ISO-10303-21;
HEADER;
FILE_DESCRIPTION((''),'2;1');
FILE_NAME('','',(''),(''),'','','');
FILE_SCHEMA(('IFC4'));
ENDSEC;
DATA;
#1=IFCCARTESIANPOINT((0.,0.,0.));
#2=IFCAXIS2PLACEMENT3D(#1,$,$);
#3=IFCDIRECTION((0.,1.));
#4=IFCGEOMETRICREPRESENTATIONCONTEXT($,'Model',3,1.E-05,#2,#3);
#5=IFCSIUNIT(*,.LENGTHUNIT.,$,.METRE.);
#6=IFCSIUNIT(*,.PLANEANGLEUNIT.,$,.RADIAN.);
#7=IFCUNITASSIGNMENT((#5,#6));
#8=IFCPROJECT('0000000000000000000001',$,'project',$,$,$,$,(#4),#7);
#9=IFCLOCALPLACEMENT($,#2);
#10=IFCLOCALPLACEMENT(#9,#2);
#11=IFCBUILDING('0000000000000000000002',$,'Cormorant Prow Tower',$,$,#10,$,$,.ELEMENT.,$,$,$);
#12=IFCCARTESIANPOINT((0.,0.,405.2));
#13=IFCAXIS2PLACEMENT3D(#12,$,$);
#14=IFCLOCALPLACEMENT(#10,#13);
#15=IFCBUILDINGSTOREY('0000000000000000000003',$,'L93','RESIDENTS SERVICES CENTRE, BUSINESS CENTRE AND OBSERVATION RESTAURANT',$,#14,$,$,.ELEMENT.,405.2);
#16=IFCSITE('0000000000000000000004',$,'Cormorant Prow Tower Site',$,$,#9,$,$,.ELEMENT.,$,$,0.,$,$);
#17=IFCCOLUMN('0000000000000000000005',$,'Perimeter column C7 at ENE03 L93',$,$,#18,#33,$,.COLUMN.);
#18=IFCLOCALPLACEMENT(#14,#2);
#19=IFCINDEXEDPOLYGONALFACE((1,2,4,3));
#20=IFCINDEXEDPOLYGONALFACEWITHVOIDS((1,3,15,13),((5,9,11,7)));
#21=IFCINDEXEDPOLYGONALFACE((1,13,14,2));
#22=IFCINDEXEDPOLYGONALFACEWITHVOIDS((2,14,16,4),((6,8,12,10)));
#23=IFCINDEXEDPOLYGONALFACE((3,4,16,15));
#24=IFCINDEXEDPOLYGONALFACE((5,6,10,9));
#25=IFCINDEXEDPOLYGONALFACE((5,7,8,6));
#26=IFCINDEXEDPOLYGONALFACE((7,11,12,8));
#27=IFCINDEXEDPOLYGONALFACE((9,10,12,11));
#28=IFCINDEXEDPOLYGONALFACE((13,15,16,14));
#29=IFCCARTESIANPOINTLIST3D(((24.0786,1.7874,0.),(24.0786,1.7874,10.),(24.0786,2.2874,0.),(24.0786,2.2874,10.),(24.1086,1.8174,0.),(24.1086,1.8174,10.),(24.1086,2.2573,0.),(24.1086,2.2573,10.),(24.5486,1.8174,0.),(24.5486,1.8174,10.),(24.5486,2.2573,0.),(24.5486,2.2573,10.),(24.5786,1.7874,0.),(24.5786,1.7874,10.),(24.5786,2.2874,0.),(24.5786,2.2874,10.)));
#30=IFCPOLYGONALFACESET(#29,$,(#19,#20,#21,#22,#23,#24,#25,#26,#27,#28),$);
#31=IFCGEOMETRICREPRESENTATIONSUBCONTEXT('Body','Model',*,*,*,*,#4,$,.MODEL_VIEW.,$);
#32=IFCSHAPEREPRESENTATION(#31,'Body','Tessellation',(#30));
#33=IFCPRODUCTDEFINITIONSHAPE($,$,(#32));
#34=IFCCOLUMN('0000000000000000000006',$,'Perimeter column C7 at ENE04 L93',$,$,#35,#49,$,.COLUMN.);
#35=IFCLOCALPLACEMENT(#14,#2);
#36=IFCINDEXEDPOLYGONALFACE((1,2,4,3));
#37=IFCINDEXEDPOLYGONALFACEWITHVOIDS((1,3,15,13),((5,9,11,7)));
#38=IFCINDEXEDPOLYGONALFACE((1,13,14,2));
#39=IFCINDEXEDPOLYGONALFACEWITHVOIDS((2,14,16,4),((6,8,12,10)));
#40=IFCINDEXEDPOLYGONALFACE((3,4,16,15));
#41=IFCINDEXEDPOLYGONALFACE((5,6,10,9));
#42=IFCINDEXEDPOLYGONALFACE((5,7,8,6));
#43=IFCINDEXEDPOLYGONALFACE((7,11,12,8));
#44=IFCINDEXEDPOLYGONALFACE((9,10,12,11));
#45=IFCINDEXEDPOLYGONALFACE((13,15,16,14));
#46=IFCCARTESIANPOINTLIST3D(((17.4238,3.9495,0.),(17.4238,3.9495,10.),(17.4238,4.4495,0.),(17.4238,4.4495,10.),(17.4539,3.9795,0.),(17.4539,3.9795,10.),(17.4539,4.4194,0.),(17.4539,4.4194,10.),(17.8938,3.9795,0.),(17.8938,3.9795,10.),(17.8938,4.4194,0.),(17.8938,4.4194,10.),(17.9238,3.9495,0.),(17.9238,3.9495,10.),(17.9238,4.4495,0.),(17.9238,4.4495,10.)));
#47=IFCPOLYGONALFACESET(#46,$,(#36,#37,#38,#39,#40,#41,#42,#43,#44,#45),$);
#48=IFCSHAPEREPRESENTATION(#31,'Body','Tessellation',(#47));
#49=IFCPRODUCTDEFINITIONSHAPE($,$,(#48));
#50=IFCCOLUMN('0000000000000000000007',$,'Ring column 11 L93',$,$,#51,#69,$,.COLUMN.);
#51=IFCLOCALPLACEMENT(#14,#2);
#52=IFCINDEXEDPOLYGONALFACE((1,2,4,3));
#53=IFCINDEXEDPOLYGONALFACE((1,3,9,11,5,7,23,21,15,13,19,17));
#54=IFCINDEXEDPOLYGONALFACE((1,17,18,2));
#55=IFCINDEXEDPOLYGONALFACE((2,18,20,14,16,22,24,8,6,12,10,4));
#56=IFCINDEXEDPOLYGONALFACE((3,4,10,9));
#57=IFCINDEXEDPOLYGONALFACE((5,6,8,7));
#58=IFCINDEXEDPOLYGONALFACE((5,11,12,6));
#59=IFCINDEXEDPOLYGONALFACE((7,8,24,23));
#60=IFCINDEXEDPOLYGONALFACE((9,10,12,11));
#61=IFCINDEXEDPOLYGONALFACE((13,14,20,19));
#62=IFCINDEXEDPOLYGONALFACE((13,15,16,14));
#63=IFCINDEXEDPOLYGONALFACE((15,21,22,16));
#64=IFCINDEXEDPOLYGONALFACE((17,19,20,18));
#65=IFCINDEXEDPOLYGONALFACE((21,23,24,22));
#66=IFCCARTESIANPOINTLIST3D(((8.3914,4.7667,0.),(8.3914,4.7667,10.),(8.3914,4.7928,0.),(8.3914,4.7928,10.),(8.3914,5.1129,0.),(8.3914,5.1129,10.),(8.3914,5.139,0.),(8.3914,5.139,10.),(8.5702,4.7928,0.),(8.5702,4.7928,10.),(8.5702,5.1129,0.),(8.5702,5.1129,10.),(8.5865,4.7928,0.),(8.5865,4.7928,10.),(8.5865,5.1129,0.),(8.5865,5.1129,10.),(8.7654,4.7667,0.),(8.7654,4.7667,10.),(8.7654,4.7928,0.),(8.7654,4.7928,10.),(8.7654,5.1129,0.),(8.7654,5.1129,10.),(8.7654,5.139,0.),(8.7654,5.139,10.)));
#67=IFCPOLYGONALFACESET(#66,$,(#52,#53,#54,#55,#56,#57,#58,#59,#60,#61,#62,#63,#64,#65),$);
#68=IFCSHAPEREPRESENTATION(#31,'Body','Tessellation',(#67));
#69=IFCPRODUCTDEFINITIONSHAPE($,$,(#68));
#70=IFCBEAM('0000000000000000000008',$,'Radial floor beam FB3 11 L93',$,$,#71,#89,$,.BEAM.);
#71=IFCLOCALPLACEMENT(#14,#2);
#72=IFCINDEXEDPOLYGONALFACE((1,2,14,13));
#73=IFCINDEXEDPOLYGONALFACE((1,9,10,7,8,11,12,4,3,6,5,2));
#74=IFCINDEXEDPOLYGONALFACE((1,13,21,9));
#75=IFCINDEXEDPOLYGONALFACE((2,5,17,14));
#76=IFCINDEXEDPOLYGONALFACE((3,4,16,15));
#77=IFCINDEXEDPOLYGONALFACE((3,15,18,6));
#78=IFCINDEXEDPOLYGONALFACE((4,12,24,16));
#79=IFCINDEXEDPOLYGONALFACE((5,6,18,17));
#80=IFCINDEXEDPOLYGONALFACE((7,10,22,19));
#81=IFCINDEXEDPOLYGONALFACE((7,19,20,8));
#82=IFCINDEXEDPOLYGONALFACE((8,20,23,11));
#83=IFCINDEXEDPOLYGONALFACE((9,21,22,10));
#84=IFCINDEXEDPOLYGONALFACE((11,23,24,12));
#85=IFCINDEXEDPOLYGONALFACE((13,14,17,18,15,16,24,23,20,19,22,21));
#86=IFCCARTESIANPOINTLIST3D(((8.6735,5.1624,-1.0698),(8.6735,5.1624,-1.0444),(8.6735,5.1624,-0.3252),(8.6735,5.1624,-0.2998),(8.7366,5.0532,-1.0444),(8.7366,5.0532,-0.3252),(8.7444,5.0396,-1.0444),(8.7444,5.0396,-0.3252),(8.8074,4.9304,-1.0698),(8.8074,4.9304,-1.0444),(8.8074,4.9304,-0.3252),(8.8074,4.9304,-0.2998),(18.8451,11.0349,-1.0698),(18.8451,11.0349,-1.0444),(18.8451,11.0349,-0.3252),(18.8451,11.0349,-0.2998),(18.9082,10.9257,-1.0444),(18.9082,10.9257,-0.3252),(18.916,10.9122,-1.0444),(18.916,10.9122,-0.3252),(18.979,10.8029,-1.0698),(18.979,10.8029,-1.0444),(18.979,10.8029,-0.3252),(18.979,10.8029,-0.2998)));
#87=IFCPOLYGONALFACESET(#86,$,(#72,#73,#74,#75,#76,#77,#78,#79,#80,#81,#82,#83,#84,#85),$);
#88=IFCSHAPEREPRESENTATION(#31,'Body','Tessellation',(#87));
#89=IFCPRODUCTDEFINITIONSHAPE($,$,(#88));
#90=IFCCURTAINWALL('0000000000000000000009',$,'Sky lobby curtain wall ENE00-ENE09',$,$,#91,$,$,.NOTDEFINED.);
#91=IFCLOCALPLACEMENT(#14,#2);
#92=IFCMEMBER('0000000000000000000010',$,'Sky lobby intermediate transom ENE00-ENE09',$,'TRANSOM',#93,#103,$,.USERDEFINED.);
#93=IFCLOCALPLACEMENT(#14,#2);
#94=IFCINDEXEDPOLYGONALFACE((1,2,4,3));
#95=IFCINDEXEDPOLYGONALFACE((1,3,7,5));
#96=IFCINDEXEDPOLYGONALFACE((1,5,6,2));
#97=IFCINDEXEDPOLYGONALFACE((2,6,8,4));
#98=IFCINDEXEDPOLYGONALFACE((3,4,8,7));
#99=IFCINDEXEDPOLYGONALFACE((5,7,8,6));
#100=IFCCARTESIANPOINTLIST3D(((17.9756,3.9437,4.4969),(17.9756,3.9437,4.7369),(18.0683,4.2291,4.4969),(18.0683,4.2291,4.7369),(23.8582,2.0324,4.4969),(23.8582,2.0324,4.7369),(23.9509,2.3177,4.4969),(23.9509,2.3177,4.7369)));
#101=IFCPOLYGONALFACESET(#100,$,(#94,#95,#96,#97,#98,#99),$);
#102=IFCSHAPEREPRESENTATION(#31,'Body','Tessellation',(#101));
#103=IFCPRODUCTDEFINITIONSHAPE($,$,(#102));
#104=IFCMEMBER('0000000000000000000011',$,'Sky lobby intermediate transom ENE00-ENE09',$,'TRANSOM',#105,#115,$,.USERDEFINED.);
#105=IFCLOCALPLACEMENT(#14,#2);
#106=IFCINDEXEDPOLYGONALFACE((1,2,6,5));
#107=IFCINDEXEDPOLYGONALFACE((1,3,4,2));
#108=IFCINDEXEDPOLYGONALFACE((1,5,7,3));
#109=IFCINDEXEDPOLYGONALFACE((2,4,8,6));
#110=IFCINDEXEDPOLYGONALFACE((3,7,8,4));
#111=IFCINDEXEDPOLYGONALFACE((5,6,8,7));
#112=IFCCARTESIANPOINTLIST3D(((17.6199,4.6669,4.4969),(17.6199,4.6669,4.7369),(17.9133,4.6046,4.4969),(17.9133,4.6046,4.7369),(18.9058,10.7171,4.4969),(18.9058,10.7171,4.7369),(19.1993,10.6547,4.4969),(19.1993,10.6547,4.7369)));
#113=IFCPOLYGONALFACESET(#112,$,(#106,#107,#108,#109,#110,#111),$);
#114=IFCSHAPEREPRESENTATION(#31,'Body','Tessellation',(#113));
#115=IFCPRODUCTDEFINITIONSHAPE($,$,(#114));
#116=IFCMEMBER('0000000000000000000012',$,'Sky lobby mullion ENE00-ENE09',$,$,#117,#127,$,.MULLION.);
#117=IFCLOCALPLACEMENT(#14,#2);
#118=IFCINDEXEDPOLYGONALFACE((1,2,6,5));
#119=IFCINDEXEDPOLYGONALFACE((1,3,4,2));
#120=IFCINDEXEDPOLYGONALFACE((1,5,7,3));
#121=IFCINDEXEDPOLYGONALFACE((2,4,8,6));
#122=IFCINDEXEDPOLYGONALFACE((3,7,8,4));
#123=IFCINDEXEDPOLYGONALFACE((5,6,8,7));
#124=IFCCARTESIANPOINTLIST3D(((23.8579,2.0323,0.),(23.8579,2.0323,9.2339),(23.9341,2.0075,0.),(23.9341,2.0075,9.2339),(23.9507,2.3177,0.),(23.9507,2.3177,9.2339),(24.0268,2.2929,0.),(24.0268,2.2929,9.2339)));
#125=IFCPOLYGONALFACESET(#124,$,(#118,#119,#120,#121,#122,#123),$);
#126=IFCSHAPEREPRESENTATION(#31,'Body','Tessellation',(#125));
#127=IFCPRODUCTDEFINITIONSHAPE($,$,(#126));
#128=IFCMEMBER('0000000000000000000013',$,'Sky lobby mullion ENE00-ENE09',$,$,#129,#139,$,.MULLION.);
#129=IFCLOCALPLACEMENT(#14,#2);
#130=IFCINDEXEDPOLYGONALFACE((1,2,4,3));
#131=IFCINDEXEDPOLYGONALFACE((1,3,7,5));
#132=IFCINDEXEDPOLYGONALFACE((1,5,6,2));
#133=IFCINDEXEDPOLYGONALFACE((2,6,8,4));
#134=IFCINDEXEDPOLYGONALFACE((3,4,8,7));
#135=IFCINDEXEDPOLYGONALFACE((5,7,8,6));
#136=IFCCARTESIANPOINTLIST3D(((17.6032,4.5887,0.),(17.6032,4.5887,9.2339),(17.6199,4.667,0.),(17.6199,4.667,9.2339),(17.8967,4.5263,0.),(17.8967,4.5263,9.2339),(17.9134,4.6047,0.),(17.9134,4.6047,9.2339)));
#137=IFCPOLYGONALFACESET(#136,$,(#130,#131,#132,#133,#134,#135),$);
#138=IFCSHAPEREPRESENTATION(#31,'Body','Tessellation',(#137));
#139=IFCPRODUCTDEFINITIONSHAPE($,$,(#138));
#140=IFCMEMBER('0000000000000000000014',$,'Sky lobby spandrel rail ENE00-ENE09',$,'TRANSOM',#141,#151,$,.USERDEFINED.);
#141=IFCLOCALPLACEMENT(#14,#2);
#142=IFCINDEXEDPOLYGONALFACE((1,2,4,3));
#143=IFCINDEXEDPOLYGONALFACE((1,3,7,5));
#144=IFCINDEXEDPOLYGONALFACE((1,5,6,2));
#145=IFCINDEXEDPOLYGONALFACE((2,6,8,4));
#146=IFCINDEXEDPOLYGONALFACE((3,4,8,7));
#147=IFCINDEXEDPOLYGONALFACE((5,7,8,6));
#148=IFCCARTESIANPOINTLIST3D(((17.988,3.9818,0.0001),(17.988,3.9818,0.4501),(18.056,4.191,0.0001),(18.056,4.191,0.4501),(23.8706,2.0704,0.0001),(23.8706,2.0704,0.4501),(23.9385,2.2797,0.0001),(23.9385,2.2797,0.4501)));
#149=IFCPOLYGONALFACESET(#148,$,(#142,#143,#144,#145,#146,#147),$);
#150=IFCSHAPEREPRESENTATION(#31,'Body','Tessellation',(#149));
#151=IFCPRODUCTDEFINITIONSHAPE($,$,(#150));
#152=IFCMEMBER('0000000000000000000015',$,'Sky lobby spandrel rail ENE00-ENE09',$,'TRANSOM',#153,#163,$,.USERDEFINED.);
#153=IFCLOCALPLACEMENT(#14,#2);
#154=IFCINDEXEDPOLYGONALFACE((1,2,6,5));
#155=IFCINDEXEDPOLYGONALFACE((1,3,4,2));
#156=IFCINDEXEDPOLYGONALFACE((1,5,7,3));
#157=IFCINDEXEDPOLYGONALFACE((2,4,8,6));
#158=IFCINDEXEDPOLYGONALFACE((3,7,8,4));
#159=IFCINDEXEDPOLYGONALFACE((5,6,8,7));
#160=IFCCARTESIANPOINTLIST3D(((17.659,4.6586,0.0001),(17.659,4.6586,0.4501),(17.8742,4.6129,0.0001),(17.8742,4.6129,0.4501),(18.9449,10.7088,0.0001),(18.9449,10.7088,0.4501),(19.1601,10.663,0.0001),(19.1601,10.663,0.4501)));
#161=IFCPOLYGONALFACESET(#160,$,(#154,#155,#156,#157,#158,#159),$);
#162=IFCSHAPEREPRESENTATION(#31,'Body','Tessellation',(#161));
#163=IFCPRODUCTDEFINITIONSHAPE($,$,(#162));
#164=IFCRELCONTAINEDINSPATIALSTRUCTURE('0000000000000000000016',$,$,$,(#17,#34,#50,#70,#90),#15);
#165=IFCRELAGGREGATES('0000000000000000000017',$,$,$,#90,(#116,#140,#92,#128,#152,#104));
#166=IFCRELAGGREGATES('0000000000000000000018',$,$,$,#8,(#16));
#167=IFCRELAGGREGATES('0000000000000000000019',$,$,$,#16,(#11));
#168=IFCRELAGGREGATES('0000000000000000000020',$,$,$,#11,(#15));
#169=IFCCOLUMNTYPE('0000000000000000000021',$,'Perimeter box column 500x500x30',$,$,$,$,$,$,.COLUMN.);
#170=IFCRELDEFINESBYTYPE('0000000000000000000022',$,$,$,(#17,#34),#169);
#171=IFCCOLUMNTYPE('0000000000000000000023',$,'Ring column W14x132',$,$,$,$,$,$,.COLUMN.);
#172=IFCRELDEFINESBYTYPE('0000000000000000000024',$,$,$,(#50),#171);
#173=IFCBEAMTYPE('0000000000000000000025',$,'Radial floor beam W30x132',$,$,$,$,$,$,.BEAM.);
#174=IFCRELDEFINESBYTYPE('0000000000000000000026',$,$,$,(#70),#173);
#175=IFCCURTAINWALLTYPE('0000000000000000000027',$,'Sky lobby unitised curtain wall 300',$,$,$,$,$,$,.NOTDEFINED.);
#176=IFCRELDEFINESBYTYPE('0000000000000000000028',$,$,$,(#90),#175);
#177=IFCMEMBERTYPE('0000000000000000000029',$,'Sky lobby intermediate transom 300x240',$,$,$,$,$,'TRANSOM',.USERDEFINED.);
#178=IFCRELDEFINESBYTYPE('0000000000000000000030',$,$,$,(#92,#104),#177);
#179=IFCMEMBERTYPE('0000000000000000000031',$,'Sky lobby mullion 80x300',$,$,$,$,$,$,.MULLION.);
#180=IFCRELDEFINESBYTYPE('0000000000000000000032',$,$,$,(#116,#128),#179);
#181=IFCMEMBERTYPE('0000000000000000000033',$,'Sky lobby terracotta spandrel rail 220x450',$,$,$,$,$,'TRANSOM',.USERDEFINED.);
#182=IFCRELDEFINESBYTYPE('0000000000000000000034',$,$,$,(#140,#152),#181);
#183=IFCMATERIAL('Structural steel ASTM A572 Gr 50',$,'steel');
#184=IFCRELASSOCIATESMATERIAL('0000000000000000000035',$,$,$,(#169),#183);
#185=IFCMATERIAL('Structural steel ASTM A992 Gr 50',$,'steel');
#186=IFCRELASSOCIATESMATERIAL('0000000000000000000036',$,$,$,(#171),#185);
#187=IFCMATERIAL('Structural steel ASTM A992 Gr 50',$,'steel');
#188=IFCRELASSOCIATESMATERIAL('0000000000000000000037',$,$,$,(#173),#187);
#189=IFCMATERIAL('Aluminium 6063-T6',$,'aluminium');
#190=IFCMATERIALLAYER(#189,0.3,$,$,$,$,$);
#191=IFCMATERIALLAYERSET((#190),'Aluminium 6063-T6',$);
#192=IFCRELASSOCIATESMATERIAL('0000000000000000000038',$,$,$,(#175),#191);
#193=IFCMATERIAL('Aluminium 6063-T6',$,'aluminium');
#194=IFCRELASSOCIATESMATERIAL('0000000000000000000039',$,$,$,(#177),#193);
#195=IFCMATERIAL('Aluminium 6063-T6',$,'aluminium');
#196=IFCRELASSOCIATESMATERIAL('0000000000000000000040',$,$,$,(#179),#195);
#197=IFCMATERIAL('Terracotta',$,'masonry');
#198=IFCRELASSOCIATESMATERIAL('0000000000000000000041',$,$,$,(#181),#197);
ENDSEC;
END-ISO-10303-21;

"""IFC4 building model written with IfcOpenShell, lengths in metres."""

from ifc_helpers import new_model, si_unit, direction, frame, origin, origin_2d, place, context, subcontext, project, spatial, rectangle, hollow_rectangle, i_section, extrude, material, layer, layer_set, material_profile, profile_set, type_object, element, aggregate, save


model = new_model("IFC4")

# Units and contexts
model_context = context("Model", 3, precision=1e-05, world=origin(), true_north=direction((0.0, 1.0)))
body_context = subcontext(model_context, "Body", "Model", "MODEL_VIEW")
ifc_project = project(units=[si_unit("LENGTHUNIT", "METRE"), si_unit("PLANEANGLEUNIT", "RADIAN")], contexts=[model_context])

# Site, building, storey
site_placement = place(None, origin())
site = spatial("IfcSite", under=ifc_project, at=site_placement, Name="Cormorant Prow Tower Site", CompositionType="ELEMENT", RefElevation=0.0)
building_placement = place(site_placement, origin())
building = spatial("IfcBuilding", under=site, at=building_placement, Name="Cormorant Prow Tower", CompositionType="ELEMENT")
storey_placement = place(building_placement, frame((0.0, 0.0, 405.2)))
storey = spatial("IfcBuildingStorey", under=building, at=storey_placement, Name="L93", Description="RESIDENTS SERVICES CENTRE, BUSINESS CENTRE AND OBSERVATION RESTAURANT", CompositionType="ELEMENT", Elevation=405.2)

# Columns
ifc_material_1 = material(Name="Structural steel ASTM A572 Gr 50", Category="steel")
ifc_material_profile_1 = material_profile(ifc_material_1, hollow_rectangle(XDim=0.5, YDim=0.5, WallThickness=0.03, at=origin_2d()), Name="Box 500x500x30")
ifc_profile_set_1 = profile_set([ifc_material_profile_1], Name="Structural steel ASTM A572 Gr 50")
column_type_1 = type_object("IfcColumnType", Name="Perimeter box column 500x500x30", PredefinedType="COLUMN", material=ifc_profile_set_1)
for number, where, z_axis, x_axis, name in (
    (1, (24.3286, 2.0374, 0.0), (0.0, 0.0, 1.0), (1.0, 0.0, 0.0), "Perimeter column C7 at ENE03 L93"),
    (2, (17.6738, 4.1995, 0.0), (0.0, 0.0, 1.0), (1.0, 0.0, 0.0), "Perimeter column C7 at ENE04 L93"),
):
    element("IfcColumn", number, at=place(storey_placement, frame(where, z_axis=z_axis, x_axis=x_axis)), inside=storey, type_object=column_type_1, Name=name, PredefinedType="COLUMN", context=body_context, shape_type="SweptSolid", body=[
        extrude(hollow_rectangle(XDim=0.5, YDim=0.5, WallThickness=0.03, at=origin_2d()), origin(), (0.0, 0.0, 1.0), 10.0),
    ])
ifc_material_2 = material(Name="Structural steel ASTM A992 Gr 50", Category="steel")
ifc_material_profile_2 = material_profile(ifc_material_2, i_section(OverallWidth=0.374, OverallDepth=0.3723, WebThickness=0.0164, FlangeThickness=0.0261, at=origin_2d()), Name="W14x132")
ifc_profile_set_2 = profile_set([ifc_material_profile_2], Name="Structural steel ASTM A992 Gr 50")
column_type_2 = type_object("IfcColumnType", Name="Ring column W14x132", PredefinedType="COLUMN", material=ifc_profile_set_2)
column_placement = place(storey_placement, frame((8.5784, 4.9529, 0.0), z_axis=(0.0, 0.0, 1.0), x_axis=(1.0, 0.0, 0.0)))
element("IfcColumn", 3, at=column_placement, inside=storey, type_object=column_type_2, Name="Ring column 11 L93", PredefinedType="COLUMN", context=body_context, shape_type="SweptSolid", body=[
    extrude(i_section(OverallWidth=0.374, OverallDepth=0.3723, WebThickness=0.0164, FlangeThickness=0.0261, at=origin_2d()), origin(), (0.0, 0.0, 1.0), 10.0),
])

# Beam
ifc_material_3 = material(Name="Structural steel ASTM A992 Gr 50", Category="steel")
ifc_material_profile_3 = material_profile(ifc_material_3, i_section(OverallWidth=0.2678, OverallDepth=0.77, WebThickness=0.0156, FlangeThickness=0.0254, at=origin_2d()), Name="W30x132")
ifc_profile_set_3 = profile_set([ifc_material_profile_3], Name="Structural steel ASTM A992 Gr 50")
beam_type_1 = type_object("IfcBeamType", Name="Radial floor beam W30x132", PredefinedType="BEAM", material=ifc_profile_set_3)
beam_placement = place(storey_placement, frame((8.7405, 5.0464, -0.6848), z_axis=(0.866027, 0.499998, 0.0), x_axis=(-0.499998, 0.866027, 0.0)))
element("IfcBeam", 4, at=beam_placement, inside=storey, type_object=beam_type_1, Name="Radial floor beam FB3 11 L93", PredefinedType="BEAM", context=body_context, shape_type="SweptSolid", body=[
    extrude(i_section(OverallWidth=0.2678, OverallDepth=0.77, WebThickness=0.0156, FlangeThickness=0.0254, at=origin_2d()), origin(), (0.0, 0.0, 1.0), 11.7451),
])

# Curtain wall, members
ifc_material_4 = material(Name="Aluminium 6063-T6", Category="aluminium")
ifc_layer_1 = layer(ifc_material_4, 0.3)
ifc_layer_set_1 = layer_set([ifc_layer_1], Name="Aluminium 6063-T6")
curtain_wall_type = type_object("IfcCurtainWallType", Name="Sky lobby unitised curtain wall 300", PredefinedType="NOTDEFINED", material=ifc_layer_set_1)
curtain_wall_placement = place(storey_placement, origin())
curtain_wall = element("IfcCurtainWall", 5, at=curtain_wall_placement, inside=storey, type_object=curtain_wall_type, Name="Sky lobby curtain wall ENE00-ENE09", PredefinedType="NOTDEFINED")
ifc_material_5 = material(Name="Aluminium 6063-T6", Category="aluminium")
ifc_material_profile_4 = material_profile(ifc_material_5, rectangle(XDim=0.3, YDim=0.24, at=origin_2d()), Name="Sky lobby intermediate transom 300x240")
ifc_profile_set_4 = profile_set([ifc_material_profile_4], Name="Aluminium 6063-T6")
member_type_1 = type_object("IfcMemberType", Name="Sky lobby intermediate transom 300x240", ElementType="TRANSOM", PredefinedType="USERDEFINED", material=ifc_profile_set_4)
member_1_placement = place(storey_placement, frame((23.9045, 2.175, 4.6169), z_axis=(-0.951056, 0.309019, 0.0), x_axis=(-0.309019, -0.951056, 0.0)))
member_1 = element("IfcMember", 6, at=member_1_placement, type_object=member_type_1, Name="Sky lobby intermediate transom ENE00-ENE09", ObjectType="TRANSOM", PredefinedType="USERDEFINED", context=body_context, shape_type="SweptSolid", body=[
    extrude(rectangle(XDim=0.3, YDim=0.24, at=origin_2d()), origin(), (0.0, 0.0, 1.0), 6.1853),
])
member_2_placement = place(storey_placement, frame((17.7666, 4.6357, 4.6169), z_axis=(0.207898, 0.978151, 0.0), x_axis=(-0.978151, 0.207898, 0.0)))
member_2 = element("IfcMember", 7, at=member_2_placement, type_object=member_type_1, Name="Sky lobby intermediate transom ENE00-ENE09", ObjectType="TRANSOM", PredefinedType="USERDEFINED", context=body_context, shape_type="SweptSolid", body=[
    extrude(rectangle(XDim=0.3, YDim=0.24, at=origin_2d()), origin(), (0.0, 0.0, 1.0), 6.1853),
])
ifc_material_6 = material(Name="Aluminium 6063-T6", Category="aluminium")
ifc_material_profile_5 = material_profile(ifc_material_6, rectangle(XDim=0.3, YDim=0.0801, at=origin_2d()), Name="Sky lobby mullion 80x300")
ifc_profile_set_5 = profile_set([ifc_material_profile_5], Name="Aluminium 6063-T6")
member_type_2 = type_object("IfcMemberType", Name="Sky lobby mullion 80x300", PredefinedType="MULLION", material=ifc_profile_set_5)
member_3_placement = place(storey_placement, frame((23.9424, 2.1626, 0.0), z_axis=(0.0, 0.0, 1.0), x_axis=(-0.309017, -0.951056, 0.0)))
member_3 = element("IfcMember", 8, at=member_3_placement, type_object=member_type_2, Name="Sky lobby mullion ENE00-ENE09", PredefinedType="MULLION", context=body_context, shape_type="SweptSolid", body=[
    extrude(rectangle(XDim=0.3, YDim=0.0801, at=origin_2d()), origin(), (0.0, 0.0, 1.0), 9.2339),
])
member_4_placement = place(storey_placement, frame((17.7583, 4.5967, 0.0), z_axis=(0.0, 0.0, 1.0), x_axis=(-0.978148, 0.207912, 0.0)))
member_4 = element("IfcMember", 9, at=member_4_placement, type_object=member_type_2, Name="Sky lobby mullion ENE00-ENE09", PredefinedType="MULLION", context=body_context, shape_type="SweptSolid", body=[
    extrude(rectangle(XDim=0.3, YDim=0.0801, at=origin_2d()), origin(), (0.0, 0.0, 1.0), 9.2339),
])
ifc_material_7 = material(Name="Terracotta", Category="masonry")
ifc_material_profile_6 = material_profile(ifc_material_7, rectangle(XDim=0.22, YDim=0.45, at=origin_2d()), Name="Sky lobby terracotta spandrel rail 220x450")
ifc_profile_set_6 = profile_set([ifc_material_profile_6], Name="Terracotta")
member_type_3 = type_object("IfcMemberType", Name="Sky lobby terracotta spandrel rail 220x450", ElementType="TRANSOM", PredefinedType="USERDEFINED", material=ifc_profile_set_6)
member_5_placement = place(storey_placement, frame((23.9045, 2.175, 0.2251), z_axis=(-0.951056, 0.309019, 0.0), x_axis=(-0.309019, -0.951056, 0.0)))
member_5 = element("IfcMember", 10, at=member_5_placement, type_object=member_type_3, Name="Sky lobby spandrel rail ENE00-ENE09", ObjectType="TRANSOM", PredefinedType="USERDEFINED", context=body_context, shape_type="SweptSolid", body=[
    extrude(rectangle(XDim=0.22, YDim=0.45, at=origin_2d()), origin(), (0.0, 0.0, 1.0), 6.1853),
])
member_6_placement = place(storey_placement, frame((17.7666, 4.6357, 0.2251), z_axis=(0.207898, 0.978151, 0.0), x_axis=(-0.978151, 0.207898, 0.0)))
member_6 = element("IfcMember", 11, at=member_6_placement, type_object=member_type_3, Name="Sky lobby spandrel rail ENE00-ENE09", ObjectType="TRANSOM", PredefinedType="USERDEFINED", context=body_context, shape_type="SweptSolid", body=[
    extrude(rectangle(XDim=0.22, YDim=0.45, at=origin_2d()), origin(), (0.0, 0.0, 1.0), 6.1853),
])

aggregate(curtain_wall, [member_3, member_5, member_1, member_4, member_6, member_2])

save(model, "model.ifc")
